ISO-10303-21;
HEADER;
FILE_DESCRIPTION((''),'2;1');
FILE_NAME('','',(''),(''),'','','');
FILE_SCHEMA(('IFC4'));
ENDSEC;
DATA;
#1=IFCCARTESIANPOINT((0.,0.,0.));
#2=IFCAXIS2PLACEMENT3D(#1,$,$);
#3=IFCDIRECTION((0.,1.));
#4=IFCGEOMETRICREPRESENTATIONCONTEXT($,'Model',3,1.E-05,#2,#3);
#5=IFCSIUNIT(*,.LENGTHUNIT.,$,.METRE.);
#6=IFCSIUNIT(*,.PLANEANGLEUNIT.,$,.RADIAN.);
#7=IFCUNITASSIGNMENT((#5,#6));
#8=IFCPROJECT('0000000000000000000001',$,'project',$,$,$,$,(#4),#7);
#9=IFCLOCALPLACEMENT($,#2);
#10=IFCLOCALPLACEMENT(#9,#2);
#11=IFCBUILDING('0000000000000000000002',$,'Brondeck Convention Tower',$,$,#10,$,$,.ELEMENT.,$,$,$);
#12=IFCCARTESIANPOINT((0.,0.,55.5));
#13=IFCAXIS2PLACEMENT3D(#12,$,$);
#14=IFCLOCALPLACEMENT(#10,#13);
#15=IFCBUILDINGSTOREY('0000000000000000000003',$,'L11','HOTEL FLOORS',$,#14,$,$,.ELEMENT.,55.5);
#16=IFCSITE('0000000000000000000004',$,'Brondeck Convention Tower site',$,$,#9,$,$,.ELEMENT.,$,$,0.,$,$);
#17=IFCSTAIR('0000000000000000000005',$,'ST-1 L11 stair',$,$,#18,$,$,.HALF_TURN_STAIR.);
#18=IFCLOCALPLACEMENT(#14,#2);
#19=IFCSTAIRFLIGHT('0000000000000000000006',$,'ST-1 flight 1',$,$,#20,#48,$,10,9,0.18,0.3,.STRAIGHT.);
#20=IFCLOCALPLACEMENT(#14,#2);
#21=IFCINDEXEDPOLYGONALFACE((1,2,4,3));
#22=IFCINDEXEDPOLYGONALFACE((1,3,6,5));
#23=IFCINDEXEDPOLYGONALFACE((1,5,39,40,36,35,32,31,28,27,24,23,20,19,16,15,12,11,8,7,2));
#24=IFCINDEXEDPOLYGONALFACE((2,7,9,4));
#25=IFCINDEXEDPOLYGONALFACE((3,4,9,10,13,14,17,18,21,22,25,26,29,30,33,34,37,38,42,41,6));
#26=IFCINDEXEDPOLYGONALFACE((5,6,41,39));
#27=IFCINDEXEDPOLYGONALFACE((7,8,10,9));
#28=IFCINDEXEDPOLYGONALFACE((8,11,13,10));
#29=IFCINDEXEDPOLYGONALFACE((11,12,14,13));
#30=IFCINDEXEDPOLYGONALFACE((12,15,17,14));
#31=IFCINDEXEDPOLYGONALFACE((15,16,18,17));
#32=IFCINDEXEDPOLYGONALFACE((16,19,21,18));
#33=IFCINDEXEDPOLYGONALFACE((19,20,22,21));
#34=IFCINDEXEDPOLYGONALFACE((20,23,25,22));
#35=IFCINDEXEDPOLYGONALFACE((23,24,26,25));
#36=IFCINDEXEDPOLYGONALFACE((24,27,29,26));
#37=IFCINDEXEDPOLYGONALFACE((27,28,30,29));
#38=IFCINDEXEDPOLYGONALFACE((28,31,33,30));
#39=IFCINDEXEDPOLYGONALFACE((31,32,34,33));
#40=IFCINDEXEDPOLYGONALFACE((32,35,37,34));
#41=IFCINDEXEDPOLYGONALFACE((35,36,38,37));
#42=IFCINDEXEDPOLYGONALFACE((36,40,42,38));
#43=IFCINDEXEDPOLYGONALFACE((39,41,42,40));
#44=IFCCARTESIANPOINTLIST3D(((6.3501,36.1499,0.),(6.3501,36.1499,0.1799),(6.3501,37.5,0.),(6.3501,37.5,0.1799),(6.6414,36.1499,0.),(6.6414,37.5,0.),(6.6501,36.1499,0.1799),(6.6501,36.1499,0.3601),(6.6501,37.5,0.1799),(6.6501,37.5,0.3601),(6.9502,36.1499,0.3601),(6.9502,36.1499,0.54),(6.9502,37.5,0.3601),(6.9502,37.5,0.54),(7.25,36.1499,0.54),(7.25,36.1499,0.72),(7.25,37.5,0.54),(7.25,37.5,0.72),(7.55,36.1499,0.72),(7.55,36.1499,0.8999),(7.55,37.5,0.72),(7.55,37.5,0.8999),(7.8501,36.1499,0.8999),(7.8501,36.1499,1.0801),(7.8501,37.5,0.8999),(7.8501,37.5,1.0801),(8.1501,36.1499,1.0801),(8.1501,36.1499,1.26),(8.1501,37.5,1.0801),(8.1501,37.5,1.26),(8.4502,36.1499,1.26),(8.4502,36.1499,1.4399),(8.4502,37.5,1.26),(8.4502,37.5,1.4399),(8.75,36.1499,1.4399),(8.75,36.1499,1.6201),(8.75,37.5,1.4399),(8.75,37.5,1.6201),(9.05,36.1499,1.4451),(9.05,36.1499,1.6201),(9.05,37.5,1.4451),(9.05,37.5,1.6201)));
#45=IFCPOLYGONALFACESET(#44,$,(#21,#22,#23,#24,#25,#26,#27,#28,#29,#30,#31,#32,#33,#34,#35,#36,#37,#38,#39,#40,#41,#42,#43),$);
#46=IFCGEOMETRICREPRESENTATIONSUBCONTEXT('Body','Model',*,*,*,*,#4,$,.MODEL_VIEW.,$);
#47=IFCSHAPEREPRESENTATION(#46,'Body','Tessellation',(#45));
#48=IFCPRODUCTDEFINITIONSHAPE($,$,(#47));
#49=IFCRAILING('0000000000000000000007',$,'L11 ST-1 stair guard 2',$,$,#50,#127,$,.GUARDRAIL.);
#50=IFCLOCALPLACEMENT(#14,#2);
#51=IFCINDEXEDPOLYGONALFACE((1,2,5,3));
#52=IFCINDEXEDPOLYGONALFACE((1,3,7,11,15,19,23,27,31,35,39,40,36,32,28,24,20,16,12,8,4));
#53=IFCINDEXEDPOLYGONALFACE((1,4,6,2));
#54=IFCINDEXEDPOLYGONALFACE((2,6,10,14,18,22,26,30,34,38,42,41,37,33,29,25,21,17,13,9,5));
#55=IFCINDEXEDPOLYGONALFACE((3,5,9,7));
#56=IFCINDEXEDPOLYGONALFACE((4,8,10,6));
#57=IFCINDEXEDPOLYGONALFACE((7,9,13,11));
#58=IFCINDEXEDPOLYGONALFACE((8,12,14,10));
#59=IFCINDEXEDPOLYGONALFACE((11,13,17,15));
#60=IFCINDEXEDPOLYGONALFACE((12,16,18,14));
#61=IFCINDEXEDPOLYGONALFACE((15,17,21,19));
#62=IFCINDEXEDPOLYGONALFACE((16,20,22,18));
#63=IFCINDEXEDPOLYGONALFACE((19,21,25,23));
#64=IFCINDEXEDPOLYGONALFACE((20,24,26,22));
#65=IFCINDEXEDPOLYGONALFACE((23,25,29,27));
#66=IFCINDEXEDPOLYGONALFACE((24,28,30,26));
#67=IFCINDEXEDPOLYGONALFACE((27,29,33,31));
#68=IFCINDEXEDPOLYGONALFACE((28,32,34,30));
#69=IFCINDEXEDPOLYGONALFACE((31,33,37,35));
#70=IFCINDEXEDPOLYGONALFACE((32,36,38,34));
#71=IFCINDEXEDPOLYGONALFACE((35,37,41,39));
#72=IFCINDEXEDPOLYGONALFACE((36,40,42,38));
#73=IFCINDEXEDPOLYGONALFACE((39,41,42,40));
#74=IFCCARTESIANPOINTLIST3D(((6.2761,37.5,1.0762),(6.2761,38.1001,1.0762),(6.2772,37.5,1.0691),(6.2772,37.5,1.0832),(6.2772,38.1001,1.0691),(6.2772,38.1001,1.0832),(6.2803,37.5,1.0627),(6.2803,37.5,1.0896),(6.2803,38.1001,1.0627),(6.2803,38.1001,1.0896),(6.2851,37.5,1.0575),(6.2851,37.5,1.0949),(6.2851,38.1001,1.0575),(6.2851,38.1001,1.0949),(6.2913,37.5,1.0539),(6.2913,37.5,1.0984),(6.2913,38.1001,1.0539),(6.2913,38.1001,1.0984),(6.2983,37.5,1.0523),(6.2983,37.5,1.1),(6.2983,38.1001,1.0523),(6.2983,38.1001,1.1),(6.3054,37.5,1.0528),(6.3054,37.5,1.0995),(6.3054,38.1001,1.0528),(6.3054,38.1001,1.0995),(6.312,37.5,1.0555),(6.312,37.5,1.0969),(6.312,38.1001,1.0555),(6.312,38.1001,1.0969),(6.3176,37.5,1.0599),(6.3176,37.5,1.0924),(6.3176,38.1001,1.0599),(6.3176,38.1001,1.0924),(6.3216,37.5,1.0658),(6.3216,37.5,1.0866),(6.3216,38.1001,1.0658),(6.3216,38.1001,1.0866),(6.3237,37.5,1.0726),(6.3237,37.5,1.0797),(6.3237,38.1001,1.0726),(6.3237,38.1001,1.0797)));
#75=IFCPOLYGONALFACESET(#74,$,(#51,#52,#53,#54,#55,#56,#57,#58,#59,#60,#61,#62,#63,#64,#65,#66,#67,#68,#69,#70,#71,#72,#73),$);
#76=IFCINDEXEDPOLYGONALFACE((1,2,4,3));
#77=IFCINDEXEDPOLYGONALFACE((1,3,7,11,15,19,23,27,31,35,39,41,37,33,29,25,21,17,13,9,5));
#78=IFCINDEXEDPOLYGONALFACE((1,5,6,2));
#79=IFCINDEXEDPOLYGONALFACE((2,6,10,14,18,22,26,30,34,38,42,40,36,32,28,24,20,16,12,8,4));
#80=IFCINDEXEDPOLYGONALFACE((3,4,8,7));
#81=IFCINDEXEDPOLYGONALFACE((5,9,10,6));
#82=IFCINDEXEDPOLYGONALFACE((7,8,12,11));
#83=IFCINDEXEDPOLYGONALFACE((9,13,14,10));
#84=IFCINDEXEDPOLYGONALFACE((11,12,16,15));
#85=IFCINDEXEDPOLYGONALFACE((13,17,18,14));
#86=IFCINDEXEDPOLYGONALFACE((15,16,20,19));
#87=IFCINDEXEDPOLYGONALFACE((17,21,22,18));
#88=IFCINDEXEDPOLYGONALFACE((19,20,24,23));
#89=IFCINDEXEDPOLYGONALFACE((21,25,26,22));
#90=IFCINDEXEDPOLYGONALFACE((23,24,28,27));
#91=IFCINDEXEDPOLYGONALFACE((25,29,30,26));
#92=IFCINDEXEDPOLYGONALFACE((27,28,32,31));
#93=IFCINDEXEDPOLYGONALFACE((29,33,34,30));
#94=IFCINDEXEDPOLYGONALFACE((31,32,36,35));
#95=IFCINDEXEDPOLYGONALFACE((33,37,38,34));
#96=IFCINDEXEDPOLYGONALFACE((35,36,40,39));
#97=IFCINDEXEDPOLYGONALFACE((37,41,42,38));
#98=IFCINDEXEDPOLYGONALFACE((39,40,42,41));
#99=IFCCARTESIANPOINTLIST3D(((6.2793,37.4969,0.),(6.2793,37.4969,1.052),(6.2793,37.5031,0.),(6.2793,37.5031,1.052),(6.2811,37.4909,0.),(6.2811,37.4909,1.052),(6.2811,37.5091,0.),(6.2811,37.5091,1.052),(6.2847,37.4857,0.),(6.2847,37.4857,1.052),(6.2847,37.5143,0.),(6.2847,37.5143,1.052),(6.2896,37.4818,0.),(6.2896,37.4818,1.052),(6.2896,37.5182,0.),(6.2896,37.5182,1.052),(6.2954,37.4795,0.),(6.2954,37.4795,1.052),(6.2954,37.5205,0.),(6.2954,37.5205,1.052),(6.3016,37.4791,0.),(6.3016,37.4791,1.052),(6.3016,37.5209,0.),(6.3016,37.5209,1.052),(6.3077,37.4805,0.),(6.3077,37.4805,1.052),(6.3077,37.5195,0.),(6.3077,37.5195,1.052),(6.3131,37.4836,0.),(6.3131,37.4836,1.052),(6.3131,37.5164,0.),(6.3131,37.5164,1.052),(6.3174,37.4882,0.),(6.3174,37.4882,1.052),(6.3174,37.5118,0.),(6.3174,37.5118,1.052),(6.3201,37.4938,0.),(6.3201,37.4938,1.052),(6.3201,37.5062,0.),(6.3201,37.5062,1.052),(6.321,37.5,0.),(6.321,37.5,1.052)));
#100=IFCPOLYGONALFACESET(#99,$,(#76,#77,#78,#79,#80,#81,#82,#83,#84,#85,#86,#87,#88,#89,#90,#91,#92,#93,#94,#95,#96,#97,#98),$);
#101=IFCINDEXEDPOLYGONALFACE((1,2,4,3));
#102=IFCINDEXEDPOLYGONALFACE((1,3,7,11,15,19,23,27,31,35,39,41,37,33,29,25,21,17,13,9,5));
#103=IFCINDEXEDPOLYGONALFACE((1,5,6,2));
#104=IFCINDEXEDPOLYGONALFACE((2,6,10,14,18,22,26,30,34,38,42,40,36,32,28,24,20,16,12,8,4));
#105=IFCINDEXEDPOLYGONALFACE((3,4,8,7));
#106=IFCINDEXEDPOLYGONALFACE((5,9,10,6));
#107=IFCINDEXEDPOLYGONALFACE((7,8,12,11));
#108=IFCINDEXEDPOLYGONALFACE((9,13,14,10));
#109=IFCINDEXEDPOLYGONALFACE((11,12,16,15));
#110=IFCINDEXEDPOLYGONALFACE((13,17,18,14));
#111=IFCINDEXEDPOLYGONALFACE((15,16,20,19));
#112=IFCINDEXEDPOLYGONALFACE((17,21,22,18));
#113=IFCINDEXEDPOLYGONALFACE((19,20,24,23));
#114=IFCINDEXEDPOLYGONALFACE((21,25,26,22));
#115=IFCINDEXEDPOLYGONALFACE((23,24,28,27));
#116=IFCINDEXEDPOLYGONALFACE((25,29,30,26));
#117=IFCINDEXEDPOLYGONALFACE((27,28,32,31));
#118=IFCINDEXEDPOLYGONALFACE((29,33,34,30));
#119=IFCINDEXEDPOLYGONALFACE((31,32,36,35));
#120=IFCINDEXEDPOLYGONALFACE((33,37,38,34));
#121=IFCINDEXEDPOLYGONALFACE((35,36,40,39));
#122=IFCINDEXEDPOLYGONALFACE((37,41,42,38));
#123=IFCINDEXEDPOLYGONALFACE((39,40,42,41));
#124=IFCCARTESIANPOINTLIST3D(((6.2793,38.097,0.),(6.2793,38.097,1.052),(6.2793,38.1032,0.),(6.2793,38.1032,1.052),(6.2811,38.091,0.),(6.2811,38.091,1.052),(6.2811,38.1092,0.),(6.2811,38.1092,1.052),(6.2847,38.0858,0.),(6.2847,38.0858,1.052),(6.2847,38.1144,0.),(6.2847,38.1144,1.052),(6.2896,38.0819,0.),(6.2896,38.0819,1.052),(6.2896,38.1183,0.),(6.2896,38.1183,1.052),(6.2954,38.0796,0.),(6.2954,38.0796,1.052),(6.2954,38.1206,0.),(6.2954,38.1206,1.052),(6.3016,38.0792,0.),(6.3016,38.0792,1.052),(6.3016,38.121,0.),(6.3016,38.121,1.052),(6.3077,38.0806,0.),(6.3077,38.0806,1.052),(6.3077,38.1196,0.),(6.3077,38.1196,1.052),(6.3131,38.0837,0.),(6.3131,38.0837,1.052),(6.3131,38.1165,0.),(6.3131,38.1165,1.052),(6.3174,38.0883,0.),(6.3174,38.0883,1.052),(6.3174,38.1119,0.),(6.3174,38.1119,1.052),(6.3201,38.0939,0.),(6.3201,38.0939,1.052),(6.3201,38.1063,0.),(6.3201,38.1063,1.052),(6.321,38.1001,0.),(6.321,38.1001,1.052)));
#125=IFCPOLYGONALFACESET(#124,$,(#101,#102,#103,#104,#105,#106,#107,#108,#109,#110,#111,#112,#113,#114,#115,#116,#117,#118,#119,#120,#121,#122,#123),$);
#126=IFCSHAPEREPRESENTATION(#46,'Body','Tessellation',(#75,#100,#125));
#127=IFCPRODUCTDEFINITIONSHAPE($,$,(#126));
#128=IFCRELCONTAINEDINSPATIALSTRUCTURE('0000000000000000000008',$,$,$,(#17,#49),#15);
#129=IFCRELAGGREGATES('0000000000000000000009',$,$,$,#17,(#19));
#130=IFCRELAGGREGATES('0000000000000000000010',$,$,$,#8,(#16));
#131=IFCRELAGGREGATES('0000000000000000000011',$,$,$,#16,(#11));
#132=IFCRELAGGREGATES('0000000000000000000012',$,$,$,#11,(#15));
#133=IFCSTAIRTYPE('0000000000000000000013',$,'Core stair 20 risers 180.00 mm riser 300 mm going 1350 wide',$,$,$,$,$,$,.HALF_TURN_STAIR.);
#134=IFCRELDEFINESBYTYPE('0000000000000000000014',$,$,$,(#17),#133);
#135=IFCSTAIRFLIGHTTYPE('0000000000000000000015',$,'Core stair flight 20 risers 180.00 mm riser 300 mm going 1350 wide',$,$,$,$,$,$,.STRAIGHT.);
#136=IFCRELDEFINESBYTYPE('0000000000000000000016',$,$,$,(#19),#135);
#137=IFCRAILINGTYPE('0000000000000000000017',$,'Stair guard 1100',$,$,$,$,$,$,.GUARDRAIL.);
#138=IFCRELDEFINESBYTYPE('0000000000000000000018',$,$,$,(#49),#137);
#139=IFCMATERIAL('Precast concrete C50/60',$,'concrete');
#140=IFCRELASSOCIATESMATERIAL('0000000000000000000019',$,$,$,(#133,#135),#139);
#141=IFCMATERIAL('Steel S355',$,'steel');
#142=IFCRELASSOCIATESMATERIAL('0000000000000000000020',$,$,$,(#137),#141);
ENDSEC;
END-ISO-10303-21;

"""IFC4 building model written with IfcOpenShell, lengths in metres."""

from ifc_helpers import new_model, si_unit, direction, frame, origin, origin_2d, place, context, subcontext, project, spatial, polyline, circle, outline, extrude, material, type_object, element, aggregate, save


model = new_model("IFC4")

# Units and contexts
model_context = context("Model", 3, precision=1e-05, world=origin(), true_north=direction((0.0, 1.0)))
body_context = subcontext(model_context, "Body", "Model", "MODEL_VIEW")
ifc_project = project(units=[si_unit("LENGTHUNIT", "METRE"), si_unit("PLANEANGLEUNIT", "RADIAN")], contexts=[model_context])

# Site, building, storey
site_placement = place(None, origin())
site = spatial("IfcSite", under=ifc_project, at=site_placement, Name="Brondeck Convention Tower site", CompositionType="ELEMENT", RefElevation=0.0)
building_placement = place(site_placement, origin())
building = spatial("IfcBuilding", under=site, at=building_placement, Name="Brondeck Convention Tower", CompositionType="ELEMENT")
storey_placement = place(building_placement, frame((0.0, 0.0, 55.5)))
storey = spatial("IfcBuildingStorey", under=building, at=storey_placement, Name="L11", Description="HOTEL FLOORS", CompositionType="ELEMENT", Elevation=55.5)

# Stair, stair flight
ifc_material_1 = material(Name="Precast concrete C50/60", Category="concrete")
stair_type = type_object("IfcStairType", Name="Core stair 20 risers 180.00 mm riser 300 mm going 1350 wide", PredefinedType="HALF_TURN_STAIR", material=ifc_material_1)
stair_placement = place(storey_placement, origin())
stair = element("IfcStair", 1, at=stair_placement, inside=storey, type_object=stair_type, Name="ST-1 L11 stair", PredefinedType="HALF_TURN_STAIR")
stair_flight_type = type_object("IfcStairFlightType", Name="Core stair flight 20 risers 180.00 mm riser 300 mm going 1350 wide", PredefinedType="STRAIGHT", material=ifc_material_1)
stair_flight_placement = place(storey_placement, frame((6.3501, 36.825, 0.0), z_axis=(0.0, 0.0, 1.0), x_axis=(1.0, 0.0, 0.0)))
stair_flight = element("IfcStairFlight", 2, at=stair_flight_placement, type_object=stair_flight_type, Name="ST-1 flight 1", NumberOfRisers=10, NumberOfTreads=9, PredefinedType="STRAIGHT", RiserHeight=0.18, TreadLength=0.3, context=body_context, shape_type="SweptSolid", body=[
    extrude(outline(polyline([(0.0, 0.0), (0.0, 0.1799), (0.3, 0.1799), (0.3, 0.3601), (0.6001, 0.3601), (0.6001, 0.54), (0.8999, 0.54), (0.8999, 0.72), (1.2, 0.72), (1.2, 0.8999), (1.5, 0.8999), (1.5, 1.0801), (1.8, 1.0801), (1.8, 1.26), (2.1001, 1.26), (2.1001, 1.4399), (2.3999, 1.4399), (2.3999, 1.6201), (2.7, 1.6201), (2.7, 1.8), (2.7, 1.4451), (0.2913, 0.0), (0.0, 0.0)])), frame((0.0, 0.675, 0.0), z_axis=(0.0, -1.0, 0.0), x_axis=(1.0, 0.0, 0.0)), (0.0, 0.0, 1.0), 1.3501),
])
aggregate(stair, [stair_flight])

# Railing
ifc_material_2 = material(Name="Steel S355", Category="steel")
railing_type_1 = type_object("IfcRailingType", Name="Stair guard 1100", PredefinedType="GUARDRAIL", material=ifc_material_2)
railing_1_placement = place(storey_placement, frame((6.3, 37.5, 0.0)))
element("IfcRailing", 3, at=railing_1_placement, inside=storey, type_object=railing_type_1, Name="L11 ST-1 stair guard 2", PredefinedType="GUARDRAIL", context=body_context, shape_type="SweptSolid", body=[
    extrude(circle(Radius=0.0239, at=origin_2d()), frame((0.0, 0.0, 1.0762), z_axis=(0.0, 1.0, 0.0), x_axis=(-1.0, 0.0, 0.0)), (0.0, 0.0, 1.0), 0.6001),
    extrude(circle(Radius=0.021, at=origin_2d()), origin(), (0.0, 0.0, 1.0), 1.052),
    extrude(circle(Radius=0.021, at=origin_2d()), frame((0.0, 0.6001, 0.0)), (0.0, 0.0, 1.0), 1.052),
])

save(model, "model.ifc")
